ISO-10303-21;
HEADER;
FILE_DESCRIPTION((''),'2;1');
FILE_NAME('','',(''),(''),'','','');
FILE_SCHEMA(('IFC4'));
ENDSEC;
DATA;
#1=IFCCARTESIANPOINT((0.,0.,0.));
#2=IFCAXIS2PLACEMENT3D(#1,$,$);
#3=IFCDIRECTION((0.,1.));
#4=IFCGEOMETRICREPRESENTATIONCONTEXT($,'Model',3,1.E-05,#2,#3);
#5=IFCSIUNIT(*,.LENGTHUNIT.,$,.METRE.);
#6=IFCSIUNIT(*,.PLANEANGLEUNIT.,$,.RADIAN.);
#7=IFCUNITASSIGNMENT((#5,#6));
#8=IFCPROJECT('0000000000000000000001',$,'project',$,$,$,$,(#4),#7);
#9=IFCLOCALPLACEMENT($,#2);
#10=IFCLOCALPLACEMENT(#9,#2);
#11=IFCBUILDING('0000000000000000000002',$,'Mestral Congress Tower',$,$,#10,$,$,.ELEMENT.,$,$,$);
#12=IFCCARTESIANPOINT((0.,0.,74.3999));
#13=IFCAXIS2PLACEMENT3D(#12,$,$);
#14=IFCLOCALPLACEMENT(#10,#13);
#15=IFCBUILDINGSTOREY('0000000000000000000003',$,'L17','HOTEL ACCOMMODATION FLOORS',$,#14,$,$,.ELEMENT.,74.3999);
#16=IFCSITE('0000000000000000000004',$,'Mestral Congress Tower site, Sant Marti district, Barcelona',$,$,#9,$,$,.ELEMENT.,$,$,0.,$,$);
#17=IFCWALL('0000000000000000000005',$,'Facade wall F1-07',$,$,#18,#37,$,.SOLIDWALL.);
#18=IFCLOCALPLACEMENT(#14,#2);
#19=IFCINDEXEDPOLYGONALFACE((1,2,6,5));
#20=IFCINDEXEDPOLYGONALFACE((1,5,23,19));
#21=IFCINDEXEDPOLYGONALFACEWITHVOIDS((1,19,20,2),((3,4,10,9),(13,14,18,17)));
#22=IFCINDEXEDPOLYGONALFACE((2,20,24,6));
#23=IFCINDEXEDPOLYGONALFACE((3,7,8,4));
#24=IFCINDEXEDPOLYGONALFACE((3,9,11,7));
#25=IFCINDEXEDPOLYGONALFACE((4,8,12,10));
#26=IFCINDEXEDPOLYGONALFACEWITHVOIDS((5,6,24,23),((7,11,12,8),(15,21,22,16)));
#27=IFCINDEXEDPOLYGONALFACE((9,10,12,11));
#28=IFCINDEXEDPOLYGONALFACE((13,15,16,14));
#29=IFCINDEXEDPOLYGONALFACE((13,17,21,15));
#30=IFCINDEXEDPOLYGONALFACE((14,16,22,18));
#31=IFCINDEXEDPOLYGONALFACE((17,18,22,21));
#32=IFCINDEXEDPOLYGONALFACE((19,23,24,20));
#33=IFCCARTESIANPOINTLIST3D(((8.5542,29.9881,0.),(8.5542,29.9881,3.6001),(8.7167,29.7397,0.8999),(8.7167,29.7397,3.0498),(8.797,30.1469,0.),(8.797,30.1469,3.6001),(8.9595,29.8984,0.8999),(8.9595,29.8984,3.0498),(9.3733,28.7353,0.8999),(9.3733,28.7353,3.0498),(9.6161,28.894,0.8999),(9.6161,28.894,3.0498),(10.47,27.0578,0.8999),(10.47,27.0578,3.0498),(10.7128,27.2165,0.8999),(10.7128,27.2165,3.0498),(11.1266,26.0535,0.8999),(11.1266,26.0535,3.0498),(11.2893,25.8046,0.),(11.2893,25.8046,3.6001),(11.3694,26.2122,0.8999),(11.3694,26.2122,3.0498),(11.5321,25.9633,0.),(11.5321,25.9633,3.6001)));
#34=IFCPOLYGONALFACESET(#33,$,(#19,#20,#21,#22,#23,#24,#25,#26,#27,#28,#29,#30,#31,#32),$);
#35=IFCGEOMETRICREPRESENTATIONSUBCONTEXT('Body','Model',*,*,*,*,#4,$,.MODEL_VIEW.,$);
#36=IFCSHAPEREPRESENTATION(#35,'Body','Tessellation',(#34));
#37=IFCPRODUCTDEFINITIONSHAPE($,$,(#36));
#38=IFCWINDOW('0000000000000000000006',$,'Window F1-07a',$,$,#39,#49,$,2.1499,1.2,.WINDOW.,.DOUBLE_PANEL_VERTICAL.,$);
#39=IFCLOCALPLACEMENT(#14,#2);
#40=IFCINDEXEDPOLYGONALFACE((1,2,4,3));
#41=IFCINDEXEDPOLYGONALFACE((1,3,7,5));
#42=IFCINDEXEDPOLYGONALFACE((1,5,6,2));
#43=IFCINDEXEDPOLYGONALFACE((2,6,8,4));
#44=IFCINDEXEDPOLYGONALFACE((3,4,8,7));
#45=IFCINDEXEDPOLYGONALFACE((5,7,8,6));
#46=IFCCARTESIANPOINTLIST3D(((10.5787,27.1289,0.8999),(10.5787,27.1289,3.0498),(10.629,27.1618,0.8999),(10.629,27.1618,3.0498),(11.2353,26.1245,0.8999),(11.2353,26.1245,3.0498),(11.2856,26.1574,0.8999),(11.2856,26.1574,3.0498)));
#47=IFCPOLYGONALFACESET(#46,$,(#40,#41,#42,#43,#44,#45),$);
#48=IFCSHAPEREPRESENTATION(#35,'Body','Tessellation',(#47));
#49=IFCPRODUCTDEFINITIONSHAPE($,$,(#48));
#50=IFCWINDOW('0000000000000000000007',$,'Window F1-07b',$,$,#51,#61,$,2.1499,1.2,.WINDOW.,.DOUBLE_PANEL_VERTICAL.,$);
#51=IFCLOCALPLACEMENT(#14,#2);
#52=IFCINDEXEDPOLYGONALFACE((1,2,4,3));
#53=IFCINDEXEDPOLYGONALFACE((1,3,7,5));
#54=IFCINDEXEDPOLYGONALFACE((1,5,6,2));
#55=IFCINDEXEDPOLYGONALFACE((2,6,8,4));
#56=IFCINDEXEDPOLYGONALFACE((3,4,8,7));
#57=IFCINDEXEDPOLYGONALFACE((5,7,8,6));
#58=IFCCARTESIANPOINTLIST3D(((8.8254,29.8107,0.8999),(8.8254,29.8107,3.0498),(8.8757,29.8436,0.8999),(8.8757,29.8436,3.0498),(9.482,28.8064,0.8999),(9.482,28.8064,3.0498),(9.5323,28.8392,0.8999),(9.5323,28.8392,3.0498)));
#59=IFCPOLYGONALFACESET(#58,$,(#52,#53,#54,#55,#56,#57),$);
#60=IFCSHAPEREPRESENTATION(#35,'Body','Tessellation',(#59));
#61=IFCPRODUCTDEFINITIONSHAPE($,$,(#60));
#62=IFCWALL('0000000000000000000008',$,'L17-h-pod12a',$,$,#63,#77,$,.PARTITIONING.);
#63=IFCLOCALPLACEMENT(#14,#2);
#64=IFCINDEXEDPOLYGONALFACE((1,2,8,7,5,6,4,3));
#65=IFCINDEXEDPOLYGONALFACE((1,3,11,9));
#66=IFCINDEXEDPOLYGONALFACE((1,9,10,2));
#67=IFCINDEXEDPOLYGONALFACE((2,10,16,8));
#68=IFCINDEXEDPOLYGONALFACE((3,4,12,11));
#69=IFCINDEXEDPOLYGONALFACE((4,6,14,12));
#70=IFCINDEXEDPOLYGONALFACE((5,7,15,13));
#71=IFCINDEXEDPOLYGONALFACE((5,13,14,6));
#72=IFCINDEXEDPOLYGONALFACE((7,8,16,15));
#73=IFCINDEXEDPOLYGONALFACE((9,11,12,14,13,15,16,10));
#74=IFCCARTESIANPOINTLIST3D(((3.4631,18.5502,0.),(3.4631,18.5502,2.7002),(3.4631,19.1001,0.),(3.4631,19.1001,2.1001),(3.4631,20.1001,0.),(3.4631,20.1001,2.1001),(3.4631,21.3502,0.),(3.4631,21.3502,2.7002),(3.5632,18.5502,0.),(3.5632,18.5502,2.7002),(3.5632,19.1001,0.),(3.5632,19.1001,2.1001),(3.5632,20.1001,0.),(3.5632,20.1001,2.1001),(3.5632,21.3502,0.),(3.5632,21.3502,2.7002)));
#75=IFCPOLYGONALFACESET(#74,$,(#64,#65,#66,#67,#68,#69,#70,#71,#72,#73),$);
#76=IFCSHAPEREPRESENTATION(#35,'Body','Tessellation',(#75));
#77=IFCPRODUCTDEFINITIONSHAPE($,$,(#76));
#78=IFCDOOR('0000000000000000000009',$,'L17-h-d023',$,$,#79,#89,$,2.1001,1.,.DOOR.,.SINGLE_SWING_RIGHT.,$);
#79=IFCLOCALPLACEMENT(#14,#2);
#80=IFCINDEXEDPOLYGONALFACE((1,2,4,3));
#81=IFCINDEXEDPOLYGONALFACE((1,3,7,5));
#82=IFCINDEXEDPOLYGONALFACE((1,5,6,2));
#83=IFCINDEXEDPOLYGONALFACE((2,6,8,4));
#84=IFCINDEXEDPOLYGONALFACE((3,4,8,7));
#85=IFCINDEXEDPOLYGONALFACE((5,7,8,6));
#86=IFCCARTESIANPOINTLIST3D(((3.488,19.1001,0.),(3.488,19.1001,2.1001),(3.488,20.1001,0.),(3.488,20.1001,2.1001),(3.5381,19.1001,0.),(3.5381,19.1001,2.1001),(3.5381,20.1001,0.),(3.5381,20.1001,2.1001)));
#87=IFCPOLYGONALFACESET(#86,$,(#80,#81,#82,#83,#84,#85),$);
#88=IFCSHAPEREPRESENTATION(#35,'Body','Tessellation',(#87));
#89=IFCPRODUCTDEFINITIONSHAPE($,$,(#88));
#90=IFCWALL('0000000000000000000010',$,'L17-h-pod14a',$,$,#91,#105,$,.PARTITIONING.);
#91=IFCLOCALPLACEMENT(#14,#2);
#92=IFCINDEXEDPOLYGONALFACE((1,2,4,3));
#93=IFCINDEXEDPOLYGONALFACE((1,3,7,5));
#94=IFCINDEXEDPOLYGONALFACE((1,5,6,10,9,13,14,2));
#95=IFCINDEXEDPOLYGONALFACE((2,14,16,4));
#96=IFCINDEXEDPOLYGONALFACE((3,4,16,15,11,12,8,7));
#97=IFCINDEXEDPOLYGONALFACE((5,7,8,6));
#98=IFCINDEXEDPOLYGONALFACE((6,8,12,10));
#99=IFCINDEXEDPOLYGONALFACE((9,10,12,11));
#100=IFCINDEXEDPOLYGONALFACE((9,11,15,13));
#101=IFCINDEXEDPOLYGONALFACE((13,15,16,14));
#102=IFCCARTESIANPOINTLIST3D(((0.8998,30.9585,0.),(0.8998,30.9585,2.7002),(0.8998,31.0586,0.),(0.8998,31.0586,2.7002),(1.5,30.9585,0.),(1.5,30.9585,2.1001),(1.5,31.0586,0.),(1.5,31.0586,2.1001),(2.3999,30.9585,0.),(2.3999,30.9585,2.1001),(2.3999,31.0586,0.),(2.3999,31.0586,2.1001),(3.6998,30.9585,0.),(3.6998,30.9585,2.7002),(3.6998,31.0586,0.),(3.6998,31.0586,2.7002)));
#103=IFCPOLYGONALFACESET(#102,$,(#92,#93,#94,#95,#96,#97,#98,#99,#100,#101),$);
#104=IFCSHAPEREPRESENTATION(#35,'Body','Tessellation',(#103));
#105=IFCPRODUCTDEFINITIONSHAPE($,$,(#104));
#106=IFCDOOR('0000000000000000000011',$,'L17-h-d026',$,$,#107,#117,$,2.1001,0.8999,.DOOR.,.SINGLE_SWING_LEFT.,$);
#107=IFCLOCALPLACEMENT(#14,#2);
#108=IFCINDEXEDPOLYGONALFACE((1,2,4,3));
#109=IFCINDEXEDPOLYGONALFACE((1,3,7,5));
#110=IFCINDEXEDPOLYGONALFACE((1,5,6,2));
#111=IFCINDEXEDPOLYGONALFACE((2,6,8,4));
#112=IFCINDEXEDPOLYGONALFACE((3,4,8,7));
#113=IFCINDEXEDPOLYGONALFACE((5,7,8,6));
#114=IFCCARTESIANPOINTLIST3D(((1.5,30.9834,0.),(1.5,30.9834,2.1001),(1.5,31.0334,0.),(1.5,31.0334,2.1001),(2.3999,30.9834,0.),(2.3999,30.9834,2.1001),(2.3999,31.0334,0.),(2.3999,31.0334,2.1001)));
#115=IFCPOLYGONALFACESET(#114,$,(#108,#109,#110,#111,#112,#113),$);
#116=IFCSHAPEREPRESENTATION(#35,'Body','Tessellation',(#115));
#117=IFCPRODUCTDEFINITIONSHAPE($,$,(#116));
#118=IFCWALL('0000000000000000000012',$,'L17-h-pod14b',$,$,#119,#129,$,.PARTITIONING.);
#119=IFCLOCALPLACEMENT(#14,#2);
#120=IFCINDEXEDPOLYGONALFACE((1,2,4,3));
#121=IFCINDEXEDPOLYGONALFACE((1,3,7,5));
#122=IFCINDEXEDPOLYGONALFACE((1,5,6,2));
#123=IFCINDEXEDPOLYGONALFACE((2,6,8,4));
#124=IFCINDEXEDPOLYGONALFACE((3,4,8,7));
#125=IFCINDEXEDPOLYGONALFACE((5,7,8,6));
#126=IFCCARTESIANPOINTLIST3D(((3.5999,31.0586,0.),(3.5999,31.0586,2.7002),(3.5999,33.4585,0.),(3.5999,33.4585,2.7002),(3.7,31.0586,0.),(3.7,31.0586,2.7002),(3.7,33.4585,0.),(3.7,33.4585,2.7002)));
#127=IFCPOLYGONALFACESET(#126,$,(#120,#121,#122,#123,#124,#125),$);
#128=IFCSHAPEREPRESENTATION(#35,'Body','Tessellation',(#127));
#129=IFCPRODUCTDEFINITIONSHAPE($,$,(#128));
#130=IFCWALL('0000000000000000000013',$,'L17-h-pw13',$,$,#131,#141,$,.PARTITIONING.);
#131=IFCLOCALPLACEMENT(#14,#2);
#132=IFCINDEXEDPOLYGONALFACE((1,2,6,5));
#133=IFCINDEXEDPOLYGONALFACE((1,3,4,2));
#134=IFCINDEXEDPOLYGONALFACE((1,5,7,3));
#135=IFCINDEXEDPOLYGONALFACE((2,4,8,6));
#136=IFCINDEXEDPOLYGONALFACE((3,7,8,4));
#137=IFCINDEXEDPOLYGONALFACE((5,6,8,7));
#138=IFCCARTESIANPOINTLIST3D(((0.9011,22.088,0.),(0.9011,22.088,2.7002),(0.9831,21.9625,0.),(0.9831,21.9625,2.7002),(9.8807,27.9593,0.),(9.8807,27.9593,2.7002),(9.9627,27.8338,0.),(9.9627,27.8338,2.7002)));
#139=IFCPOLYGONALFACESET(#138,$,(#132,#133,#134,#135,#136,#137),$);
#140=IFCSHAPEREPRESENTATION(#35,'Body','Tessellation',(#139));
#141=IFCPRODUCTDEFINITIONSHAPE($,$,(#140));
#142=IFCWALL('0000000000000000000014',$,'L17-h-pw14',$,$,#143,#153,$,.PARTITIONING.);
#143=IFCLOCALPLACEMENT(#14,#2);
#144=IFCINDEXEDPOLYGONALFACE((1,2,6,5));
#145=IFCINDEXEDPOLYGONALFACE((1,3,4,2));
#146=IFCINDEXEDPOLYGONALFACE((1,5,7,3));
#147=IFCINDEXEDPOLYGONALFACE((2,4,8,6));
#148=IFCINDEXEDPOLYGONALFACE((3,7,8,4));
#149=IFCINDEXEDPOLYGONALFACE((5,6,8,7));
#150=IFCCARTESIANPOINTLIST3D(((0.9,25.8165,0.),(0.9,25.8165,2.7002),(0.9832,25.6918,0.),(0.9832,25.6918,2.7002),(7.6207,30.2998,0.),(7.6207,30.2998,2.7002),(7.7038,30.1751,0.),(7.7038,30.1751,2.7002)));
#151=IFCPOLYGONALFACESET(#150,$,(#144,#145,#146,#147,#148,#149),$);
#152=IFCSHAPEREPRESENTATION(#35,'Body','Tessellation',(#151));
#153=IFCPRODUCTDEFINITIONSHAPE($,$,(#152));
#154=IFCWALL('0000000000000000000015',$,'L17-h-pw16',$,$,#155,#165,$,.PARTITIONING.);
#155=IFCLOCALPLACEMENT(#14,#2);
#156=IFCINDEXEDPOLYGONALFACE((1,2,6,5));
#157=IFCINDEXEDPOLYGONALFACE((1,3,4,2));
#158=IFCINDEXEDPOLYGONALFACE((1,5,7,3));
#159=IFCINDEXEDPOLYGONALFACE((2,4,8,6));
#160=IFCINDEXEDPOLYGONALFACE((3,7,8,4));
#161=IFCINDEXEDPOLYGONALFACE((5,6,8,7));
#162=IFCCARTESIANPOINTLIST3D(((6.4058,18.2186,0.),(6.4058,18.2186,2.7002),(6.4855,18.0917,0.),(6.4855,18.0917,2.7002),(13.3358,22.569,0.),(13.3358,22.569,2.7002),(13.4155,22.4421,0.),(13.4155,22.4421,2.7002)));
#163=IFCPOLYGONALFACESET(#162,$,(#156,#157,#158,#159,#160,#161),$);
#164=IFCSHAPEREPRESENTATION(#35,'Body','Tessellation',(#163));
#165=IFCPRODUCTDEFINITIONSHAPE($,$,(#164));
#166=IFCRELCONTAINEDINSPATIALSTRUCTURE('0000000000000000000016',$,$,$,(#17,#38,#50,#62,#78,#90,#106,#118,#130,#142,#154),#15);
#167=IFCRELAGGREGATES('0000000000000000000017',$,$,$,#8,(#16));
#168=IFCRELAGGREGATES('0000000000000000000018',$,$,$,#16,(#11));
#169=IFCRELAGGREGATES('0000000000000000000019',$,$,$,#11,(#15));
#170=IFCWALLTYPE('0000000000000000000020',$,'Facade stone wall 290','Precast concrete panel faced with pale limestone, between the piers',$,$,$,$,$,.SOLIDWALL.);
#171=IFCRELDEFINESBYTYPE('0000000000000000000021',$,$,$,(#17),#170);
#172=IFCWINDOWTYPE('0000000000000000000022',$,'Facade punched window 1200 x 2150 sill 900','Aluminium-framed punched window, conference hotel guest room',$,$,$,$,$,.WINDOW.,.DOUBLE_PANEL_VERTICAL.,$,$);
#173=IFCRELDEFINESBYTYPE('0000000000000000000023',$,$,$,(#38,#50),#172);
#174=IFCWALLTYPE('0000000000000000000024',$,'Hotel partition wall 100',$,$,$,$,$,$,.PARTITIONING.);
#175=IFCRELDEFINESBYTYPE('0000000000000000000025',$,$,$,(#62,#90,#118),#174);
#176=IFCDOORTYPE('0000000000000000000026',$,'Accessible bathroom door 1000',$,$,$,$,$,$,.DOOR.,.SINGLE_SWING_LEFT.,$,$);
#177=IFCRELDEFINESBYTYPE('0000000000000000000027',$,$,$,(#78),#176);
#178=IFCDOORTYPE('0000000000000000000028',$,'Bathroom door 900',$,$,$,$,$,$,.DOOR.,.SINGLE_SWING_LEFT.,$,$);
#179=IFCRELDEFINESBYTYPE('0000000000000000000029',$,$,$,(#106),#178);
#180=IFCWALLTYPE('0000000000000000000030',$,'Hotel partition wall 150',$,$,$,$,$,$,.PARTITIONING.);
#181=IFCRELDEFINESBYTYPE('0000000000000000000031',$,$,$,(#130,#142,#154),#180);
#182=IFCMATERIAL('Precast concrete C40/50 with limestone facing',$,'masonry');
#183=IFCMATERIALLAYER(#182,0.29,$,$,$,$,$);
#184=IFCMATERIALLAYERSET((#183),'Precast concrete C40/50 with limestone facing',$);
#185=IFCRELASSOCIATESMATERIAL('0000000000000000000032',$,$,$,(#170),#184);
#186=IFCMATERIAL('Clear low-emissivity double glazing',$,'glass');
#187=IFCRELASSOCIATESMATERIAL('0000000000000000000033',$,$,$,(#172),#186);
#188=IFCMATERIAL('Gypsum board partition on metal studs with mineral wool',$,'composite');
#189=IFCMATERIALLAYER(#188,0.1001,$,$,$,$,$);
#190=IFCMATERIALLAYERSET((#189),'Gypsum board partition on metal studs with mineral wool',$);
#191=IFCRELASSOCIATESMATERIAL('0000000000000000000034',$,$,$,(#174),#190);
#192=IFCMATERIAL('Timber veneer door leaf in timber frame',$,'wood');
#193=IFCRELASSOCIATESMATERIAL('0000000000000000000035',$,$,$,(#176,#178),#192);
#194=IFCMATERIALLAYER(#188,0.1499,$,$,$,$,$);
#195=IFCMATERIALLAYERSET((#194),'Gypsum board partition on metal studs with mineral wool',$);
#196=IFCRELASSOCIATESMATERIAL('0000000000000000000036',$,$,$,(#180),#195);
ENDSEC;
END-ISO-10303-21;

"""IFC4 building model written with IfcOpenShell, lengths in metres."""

from ifc_helpers import new_model, si_unit, direction, frame, frame_2d, origin, place, context, subcontext, project, spatial, rectangle, extrude, material, layer, layer_set, type_object, element, fill, save


model = new_model("IFC4")

# Units and contexts
model_context = context("Model", 3, precision=1e-05, world=origin(), true_north=direction((0.0, 1.0)))
body_context = subcontext(model_context, "Body", "Model", "MODEL_VIEW")
ifc_project = project(units=[si_unit("LENGTHUNIT", "METRE"), si_unit("PLANEANGLEUNIT", "RADIAN")], contexts=[model_context])

# Site, building, storey
site_placement = place(None, origin())
site = spatial("IfcSite", under=ifc_project, at=site_placement, Name="Mestral Congress Tower site, Sant Marti district, Barcelona", CompositionType="ELEMENT", RefElevation=0.0)
building_placement = place(site_placement, origin())
building = spatial("IfcBuilding", under=site, at=building_placement, Name="Mestral Congress Tower", CompositionType="ELEMENT")
storey_placement = place(building_placement, frame((0.0, 0.0, 74.3999)))
storey = spatial("IfcBuildingStorey", under=building, at=storey_placement, Name="L17", Description="HOTEL ACCOMMODATION FLOORS", CompositionType="ELEMENT", Elevation=74.3999)

# Wall, openings, windows
ifc_material_1 = material(Name="Precast concrete C40/50 with limestone facing", Category="masonry")
ifc_layer_1 = layer(ifc_material_1, 0.29)
ifc_layer_set_1 = layer_set([ifc_layer_1], Name="Precast concrete C40/50 with limestone facing")
wall_type_1 = type_object("IfcWallType", Name="Facade stone wall 290", Description="Precast concrete panel faced with pale limestone, between the piers", PredefinedType="SOLIDWALL", material=ifc_layer_set_1)
wall_1_placement = place(storey_placement, frame((11.4106, 25.884, 0.0), z_axis=(0.0, 0.0, 1.0), x_axis=(-0.547205, 0.836999, 0.0)))
wall_1 = element("IfcWall", 1, at=wall_1_placement, inside=storey, type_object=wall_type_1, Name="Facade wall F1-07", PredefinedType="SOLIDWALL", context=body_context, shape_type="SweptSolid", body=[
    extrude(rectangle(XDim=4.9983, YDim=0.29, at=frame_2d((2.499, 0.0))), origin(), (0.0, 0.0, 1.0), 3.6001),
])
opening_1_placement = place(wall_1_placement, frame((0.2971, 0.0, 0.8999)))
opening_1 = element("IfcOpeningElement", 2, at=opening_1_placement, cuts=wall_1, PredefinedType="OPENING", context=body_context, shape_type="SweptSolid", body=[
    extrude(rectangle(XDim=1.2, YDim=2.1499, at=frame_2d((0.6001, 1.075))), frame((0.0, 0.155, 0.0), z_axis=(0.0, -1.0, 0.0), x_axis=(1.0, 0.0, 0.0)), (0.0, 0.0, 1.0), 0.3101),
])
opening_2_placement = place(wall_1_placement, frame((3.5012, 0.0, 0.8999)))
opening_2 = element("IfcOpeningElement", 3, at=opening_2_placement, cuts=wall_1, PredefinedType="OPENING", context=body_context, shape_type="SweptSolid", body=[
    extrude(rectangle(XDim=1.2, YDim=2.1499, at=frame_2d((0.6001, 1.075))), frame((0.0, 0.155, 0.0), z_axis=(0.0, -1.0, 0.0), x_axis=(1.0, 0.0, 0.0)), (0.0, 0.0, 1.0), 0.3101),
])
ifc_material_2 = material(Name="Clear low-emissivity double glazing", Category="glass")
window_type = type_object("IfcWindowType", Name="Facade punched window 1200 x 2150 sill 900", Description="Aluminium-framed punched window, conference hotel guest room", PartitioningType="DOUBLE_PANEL_VERTICAL", PredefinedType="WINDOW", material=ifc_material_2)
window_1_placement = place(opening_1_placement, origin())
window_1 = element("IfcWindow", 4, at=window_1_placement, inside=storey, type_object=window_type, Name="Window F1-07a", OverallHeight=2.1499, OverallWidth=1.2, PartitioningType="DOUBLE_PANEL_VERTICAL", PredefinedType="WINDOW", context=body_context, shape_type="SweptSolid", body=[
    extrude(rectangle(XDim=1.2, YDim=2.1499, at=frame_2d((0.6001, 1.075))), frame((0.0, 0.0151, 0.0), z_axis=(0.0, -1.0, 0.0), x_axis=(1.0, 0.0, 0.0)), (0.0, 0.0, 1.0), 0.0601),
])
fill(opening_1, window_1)
window_2_placement = place(opening_2_placement, origin())
window_2 = element("IfcWindow", 5, at=window_2_placement, inside=storey, type_object=window_type, Name="Window F1-07b", OverallHeight=2.1499, OverallWidth=1.2, PartitioningType="DOUBLE_PANEL_VERTICAL", PredefinedType="WINDOW", context=body_context, shape_type="SweptSolid", body=[
    extrude(rectangle(XDim=1.2, YDim=2.1499, at=frame_2d((0.6001, 1.075))), frame((0.0, 0.0151, 0.0), z_axis=(0.0, -1.0, 0.0), x_axis=(1.0, 0.0, 0.0)), (0.0, 0.0, 1.0), 0.0601),
])
fill(opening_2, window_2)

# Walls, openings, doors
ifc_material_3 = material(Name="Gypsum board partition on metal studs with mineral wool", Category="composite")
ifc_layer_2 = layer(ifc_material_3, 0.1001)
ifc_layer_set_2 = layer_set([ifc_layer_2], Name="Gypsum board partition on metal studs with mineral wool")
wall_type_2 = type_object("IfcWallType", Name="Hotel partition wall 100", PredefinedType="PARTITIONING", material=ifc_layer_set_2)
wall_2_placement = place(storey_placement, frame((3.5132, 21.3501, 0.0), z_axis=(0.0, 0.0, 1.0), x_axis=(0.0, -1.0, 0.0)))
wall_2 = element("IfcWall", 6, at=wall_2_placement, inside=storey, type_object=wall_type_2, Name="L17-h-pod12a", PredefinedType="PARTITIONING", context=body_context, shape_type="SweptSolid", body=[
    extrude(rectangle(XDim=2.8, YDim=0.1001, at=frame_2d((1.3999, 0.0))), origin(), (0.0, 0.0, 1.0), 2.7002),
])
opening_3_placement = place(wall_2_placement, frame((1.25, 0.0, 0.0)))
opening_3 = element("IfcOpeningElement", 7, at=opening_3_placement, cuts=wall_2, PredefinedType="OPENING", context=body_context, shape_type="SweptSolid", body=[
    extrude(rectangle(XDim=1.0, YDim=2.1001, at=frame_2d((0.5, 1.05))), frame((0.0, 0.0601, 0.0), z_axis=(0.0, -1.0, 0.0), x_axis=(1.0, 0.0, 0.0)), (0.0, 0.0, 1.0), 0.1201),
])
ifc_material_4 = material(Name="Timber veneer door leaf in timber frame", Category="wood")
door_type_1 = type_object("IfcDoorType", Name="Accessible bathroom door 1000", OperationType="SINGLE_SWING_LEFT", PredefinedType="DOOR", material=ifc_material_4)
door_1_placement = place(opening_3_placement, origin())
door_1 = element("IfcDoor", 8, at=door_1_placement, inside=storey, type_object=door_type_1, Name="L17-h-d023", OperationType="SINGLE_SWING_RIGHT", OverallHeight=2.1001, OverallWidth=1.0, PredefinedType="DOOR", context=body_context, shape_type="SweptSolid", body=[
    extrude(rectangle(XDim=1.0, YDim=2.1001, at=frame_2d((0.5, 1.05))), frame((0.0, 0.0249, 0.0), z_axis=(0.0, -1.0, 0.0), x_axis=(1.0, 0.0, 0.0)), (0.0, 0.0, 1.0), 0.05),
])
fill(opening_3, door_1)
wall_3_placement = place(storey_placement, frame((0.8999, 31.0085, 0.0), z_axis=(0.0, 0.0, 1.0), x_axis=(1.0, 0.0, 0.0)))
wall_3 = element("IfcWall", 9, at=wall_3_placement, inside=storey, type_object=wall_type_2, Name="L17-h-pod14a", PredefinedType="PARTITIONING", context=body_context, shape_type="SweptSolid", body=[
    extrude(rectangle(XDim=2.8, YDim=0.1001, at=frame_2d((1.3999, 0.0))), origin(), (0.0, 0.0, 1.0), 2.7002),
])
opening_4_placement = place(wall_3_placement, frame((0.6001, 0.0, 0.0)))
opening_4 = element("IfcOpeningElement", 10, at=opening_4_placement, cuts=wall_3, PredefinedType="OPENING", context=body_context, shape_type="SweptSolid", body=[
    extrude(rectangle(XDim=0.8999, YDim=2.1001, at=frame_2d((0.45, 1.05))), frame((0.0, 0.0601, 0.0), z_axis=(0.0, -1.0, 0.0), x_axis=(1.0, 0.0, 0.0)), (0.0, 0.0, 1.0), 0.1201),
])
door_type_2 = type_object("IfcDoorType", Name="Bathroom door 900", OperationType="SINGLE_SWING_LEFT", PredefinedType="DOOR", material=ifc_material_4)
door_2_placement = place(opening_4_placement, origin())
door_2 = element("IfcDoor", 11, at=door_2_placement, inside=storey, type_object=door_type_2, Name="L17-h-d026", OperationType="SINGLE_SWING_LEFT", OverallHeight=2.1001, OverallWidth=0.8999, PredefinedType="DOOR", context=body_context, shape_type="SweptSolid", body=[
    extrude(rectangle(XDim=0.8999, YDim=2.1001, at=frame_2d((0.45, 1.05))), frame((0.0, 0.0249, 0.0), z_axis=(0.0, -1.0, 0.0), x_axis=(1.0, 0.0, 0.0)), (0.0, 0.0, 1.0), 0.05),
])
fill(opening_4, door_2)

# Walls
wall_4_placement = place(storey_placement, frame((3.6499, 31.0586, 0.0), z_axis=(0.0, 0.0, 1.0), x_axis=(0.0, 1.0, 0.0)))
element("IfcWall", 12, at=wall_4_placement, inside=storey, type_object=wall_type_2, Name="L17-h-pod14b", PredefinedType="PARTITIONING", context=body_context, shape_type="SweptSolid", body=[
    extrude(rectangle(XDim=2.3999, YDim=0.1001, at=frame_2d((1.2, 0.0))), origin(), (0.0, 0.0, 1.0), 2.7002),
])
ifc_layer_3 = layer(ifc_material_3, 0.1499)
ifc_layer_set_3 = layer_set([ifc_layer_3], Name="Gypsum board partition on metal studs with mineral wool")
wall_type_3 = type_object("IfcWallType", Name="Hotel partition wall 150", PredefinedType="PARTITIONING", material=ifc_layer_set_3)
wall_5_placement = place(storey_placement, frame((9.9216, 27.8965, 0.0), z_axis=(0.0, 0.0, 1.0), x_axis=(-0.836971, -0.547248, 0.0)))
element("IfcWall", 13, at=wall_5_placement, inside=storey, type_object=wall_type_3, Name="L17-h-pw13", PredefinedType="PARTITIONING", context=body_context, shape_type="SweptSolid", body=[
    extrude(rectangle(XDim=10.7288, YDim=0.1499, at=frame_2d((5.3643, 0.0))), origin(), (0.0, 0.0, 1.0), 2.7002),
])
wall_6_placement = place(storey_placement, frame((7.6624, 30.2375, 0.0), z_axis=(0.0, 0.0, 1.0), x_axis=(-0.831883, -0.554951, 0.0)))
element("IfcWall", 14, at=wall_6_placement, inside=storey, type_object=wall_type_3, Name="L17-h-pw14", PredefinedType="PARTITIONING", context=body_context, shape_type="SweptSolid", body=[
    extrude(rectangle(XDim=8.0789, YDim=0.1499, at=frame_2d((4.0396, 0.0))), origin(), (0.0, 0.0, 1.0), 2.7002),
])
wall_7_placement = place(storey_placement, frame((13.3757, 22.5056, 0.0), z_axis=(0.0, 0.0, 1.0), x_axis=(-0.846946, -0.53168, 0.0)))
element("IfcWall", 15, at=wall_7_placement, inside=storey, type_object=wall_type_3, Name="L17-h-pw16", PredefinedType="PARTITIONING", context=body_context, shape_type="SweptSolid", body=[
    extrude(rectangle(XDim=8.1824, YDim=0.1499, at=frame_2d((4.0913, 0.0))), origin(), (0.0, 0.0, 1.0), 2.7002),
])

save(model, "model.ifc")
